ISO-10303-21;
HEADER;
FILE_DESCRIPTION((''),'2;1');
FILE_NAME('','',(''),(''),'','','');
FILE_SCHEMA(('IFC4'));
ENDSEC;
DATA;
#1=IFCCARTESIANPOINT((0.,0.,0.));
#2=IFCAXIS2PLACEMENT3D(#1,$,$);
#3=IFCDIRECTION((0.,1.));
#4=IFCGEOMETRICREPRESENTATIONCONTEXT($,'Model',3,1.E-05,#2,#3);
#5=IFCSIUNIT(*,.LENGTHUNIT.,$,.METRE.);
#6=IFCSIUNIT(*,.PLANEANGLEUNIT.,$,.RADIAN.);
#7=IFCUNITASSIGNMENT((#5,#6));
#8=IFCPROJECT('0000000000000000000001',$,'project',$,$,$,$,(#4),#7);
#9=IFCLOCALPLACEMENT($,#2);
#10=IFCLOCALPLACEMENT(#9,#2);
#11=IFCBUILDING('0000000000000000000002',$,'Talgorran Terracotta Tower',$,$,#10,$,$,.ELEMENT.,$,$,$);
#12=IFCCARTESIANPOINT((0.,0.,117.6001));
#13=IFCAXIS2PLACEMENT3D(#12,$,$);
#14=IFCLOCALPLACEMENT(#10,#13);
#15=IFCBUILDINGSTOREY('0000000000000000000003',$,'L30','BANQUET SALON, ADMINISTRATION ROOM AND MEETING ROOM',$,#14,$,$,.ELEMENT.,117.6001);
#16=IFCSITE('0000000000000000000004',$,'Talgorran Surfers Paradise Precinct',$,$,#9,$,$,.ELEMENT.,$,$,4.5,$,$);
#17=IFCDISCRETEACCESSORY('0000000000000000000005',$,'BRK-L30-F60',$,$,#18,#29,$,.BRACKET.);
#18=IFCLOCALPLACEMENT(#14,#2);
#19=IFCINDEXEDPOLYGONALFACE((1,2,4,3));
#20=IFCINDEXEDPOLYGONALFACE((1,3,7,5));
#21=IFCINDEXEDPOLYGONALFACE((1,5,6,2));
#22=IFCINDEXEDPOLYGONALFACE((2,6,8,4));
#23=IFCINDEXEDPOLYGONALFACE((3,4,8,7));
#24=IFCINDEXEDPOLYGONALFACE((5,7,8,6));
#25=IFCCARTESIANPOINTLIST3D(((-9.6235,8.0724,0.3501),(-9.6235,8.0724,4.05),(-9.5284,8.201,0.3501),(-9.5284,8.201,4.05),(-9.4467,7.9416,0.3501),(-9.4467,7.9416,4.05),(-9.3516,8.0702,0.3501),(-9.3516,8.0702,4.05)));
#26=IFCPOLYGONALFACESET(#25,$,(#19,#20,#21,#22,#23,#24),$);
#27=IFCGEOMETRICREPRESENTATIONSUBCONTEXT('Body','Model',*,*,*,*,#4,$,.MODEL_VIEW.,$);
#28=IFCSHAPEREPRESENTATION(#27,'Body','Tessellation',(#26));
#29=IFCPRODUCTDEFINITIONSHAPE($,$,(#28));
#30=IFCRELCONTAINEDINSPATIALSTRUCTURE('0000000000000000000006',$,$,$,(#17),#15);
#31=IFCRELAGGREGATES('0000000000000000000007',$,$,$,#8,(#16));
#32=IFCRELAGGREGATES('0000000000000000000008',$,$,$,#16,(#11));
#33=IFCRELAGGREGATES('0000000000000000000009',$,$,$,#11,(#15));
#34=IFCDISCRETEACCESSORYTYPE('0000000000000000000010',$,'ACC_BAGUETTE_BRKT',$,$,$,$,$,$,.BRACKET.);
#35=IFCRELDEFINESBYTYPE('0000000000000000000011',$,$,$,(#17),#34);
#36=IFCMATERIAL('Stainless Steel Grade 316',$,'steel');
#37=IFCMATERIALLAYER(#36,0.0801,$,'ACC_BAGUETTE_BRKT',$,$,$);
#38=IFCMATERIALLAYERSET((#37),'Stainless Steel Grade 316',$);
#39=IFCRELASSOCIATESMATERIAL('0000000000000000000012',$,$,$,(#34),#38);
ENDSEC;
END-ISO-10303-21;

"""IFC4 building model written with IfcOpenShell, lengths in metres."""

from ifc_helpers import new_model, si_unit, direction, frame, origin, origin_2d, place, context, subcontext, project, spatial, rectangle, extrude, source, transform, mapped, material, layer, layer_set, type_object, type_shapes, element, save


model = new_model("IFC4")

# Units and contexts
model_context = context("Model", 3, precision=1e-05, world=origin(), true_north=direction((0.0, 1.0)))
body_context = subcontext(model_context, "Body", "Model", "MODEL_VIEW")
ifc_project = project(units=[si_unit("LENGTHUNIT", "METRE"), si_unit("PLANEANGLEUNIT", "RADIAN")], contexts=[model_context])

# Site, building, storey
site_placement = place(None, origin())
site = spatial("IfcSite", under=ifc_project, at=site_placement, Name="Talgorran Surfers Paradise Precinct", CompositionType="ELEMENT", RefElevation=4.5)
building_placement = place(site_placement, origin())
building = spatial("IfcBuilding", under=site, at=building_placement, Name="Talgorran Terracotta Tower", CompositionType="ELEMENT")
storey_placement = place(building_placement, frame((0.0, 0.0, 117.6001)))
storey = spatial("IfcBuildingStorey", under=building, at=storey_placement, Name="L30", Description="BANQUET SALON, ADMINISTRATION ROOM AND MEETING ROOM", CompositionType="ELEMENT", Elevation=117.6001)

# Discrete accessory
ifc_material_1 = material(Name="Stainless Steel Grade 316", Category="steel")
ifc_layer_1 = layer(ifc_material_1, 0.0801, Name="ACC_BAGUETTE_BRKT")
ifc_layer_set_1 = layer_set([ifc_layer_1], Name="Stainless Steel Grade 316")
discrete_accessory_type = type_object("IfcDiscreteAccessoryType", Name="ACC_BAGUETTE_BRKT", PredefinedType="BRACKET", material=ifc_layer_set_1)
shared_shape_1 = source(origin(), body_context, "Body", "SweptSolid", [
    extrude(rectangle(XDim=0.1599, YDim=0.22, at=origin_2d()), origin(), (0.0, 0.0, 1.0), 3.7),
])
type_shapes(discrete_accessory_type, [shared_shape_1])
discrete_accessory_placement = place(storey_placement, frame((-9.4875, 8.0713, 0.3501), z_axis=(0.0, 0.0, 1.0), x_axis=(-0.59464, -0.803992, 0.0)))
element("IfcDiscreteAccessory", 1, at=discrete_accessory_placement, inside=storey, type_object=discrete_accessory_type, Name="BRK-L30-F60", PredefinedType="BRACKET", context=body_context, shape_type="MappedRepresentation", body=[
    mapped(shared_shape_1, transform((0.0, 0.0, 0.0), scale=1.0)),
])

save(model, "model.ifc")
